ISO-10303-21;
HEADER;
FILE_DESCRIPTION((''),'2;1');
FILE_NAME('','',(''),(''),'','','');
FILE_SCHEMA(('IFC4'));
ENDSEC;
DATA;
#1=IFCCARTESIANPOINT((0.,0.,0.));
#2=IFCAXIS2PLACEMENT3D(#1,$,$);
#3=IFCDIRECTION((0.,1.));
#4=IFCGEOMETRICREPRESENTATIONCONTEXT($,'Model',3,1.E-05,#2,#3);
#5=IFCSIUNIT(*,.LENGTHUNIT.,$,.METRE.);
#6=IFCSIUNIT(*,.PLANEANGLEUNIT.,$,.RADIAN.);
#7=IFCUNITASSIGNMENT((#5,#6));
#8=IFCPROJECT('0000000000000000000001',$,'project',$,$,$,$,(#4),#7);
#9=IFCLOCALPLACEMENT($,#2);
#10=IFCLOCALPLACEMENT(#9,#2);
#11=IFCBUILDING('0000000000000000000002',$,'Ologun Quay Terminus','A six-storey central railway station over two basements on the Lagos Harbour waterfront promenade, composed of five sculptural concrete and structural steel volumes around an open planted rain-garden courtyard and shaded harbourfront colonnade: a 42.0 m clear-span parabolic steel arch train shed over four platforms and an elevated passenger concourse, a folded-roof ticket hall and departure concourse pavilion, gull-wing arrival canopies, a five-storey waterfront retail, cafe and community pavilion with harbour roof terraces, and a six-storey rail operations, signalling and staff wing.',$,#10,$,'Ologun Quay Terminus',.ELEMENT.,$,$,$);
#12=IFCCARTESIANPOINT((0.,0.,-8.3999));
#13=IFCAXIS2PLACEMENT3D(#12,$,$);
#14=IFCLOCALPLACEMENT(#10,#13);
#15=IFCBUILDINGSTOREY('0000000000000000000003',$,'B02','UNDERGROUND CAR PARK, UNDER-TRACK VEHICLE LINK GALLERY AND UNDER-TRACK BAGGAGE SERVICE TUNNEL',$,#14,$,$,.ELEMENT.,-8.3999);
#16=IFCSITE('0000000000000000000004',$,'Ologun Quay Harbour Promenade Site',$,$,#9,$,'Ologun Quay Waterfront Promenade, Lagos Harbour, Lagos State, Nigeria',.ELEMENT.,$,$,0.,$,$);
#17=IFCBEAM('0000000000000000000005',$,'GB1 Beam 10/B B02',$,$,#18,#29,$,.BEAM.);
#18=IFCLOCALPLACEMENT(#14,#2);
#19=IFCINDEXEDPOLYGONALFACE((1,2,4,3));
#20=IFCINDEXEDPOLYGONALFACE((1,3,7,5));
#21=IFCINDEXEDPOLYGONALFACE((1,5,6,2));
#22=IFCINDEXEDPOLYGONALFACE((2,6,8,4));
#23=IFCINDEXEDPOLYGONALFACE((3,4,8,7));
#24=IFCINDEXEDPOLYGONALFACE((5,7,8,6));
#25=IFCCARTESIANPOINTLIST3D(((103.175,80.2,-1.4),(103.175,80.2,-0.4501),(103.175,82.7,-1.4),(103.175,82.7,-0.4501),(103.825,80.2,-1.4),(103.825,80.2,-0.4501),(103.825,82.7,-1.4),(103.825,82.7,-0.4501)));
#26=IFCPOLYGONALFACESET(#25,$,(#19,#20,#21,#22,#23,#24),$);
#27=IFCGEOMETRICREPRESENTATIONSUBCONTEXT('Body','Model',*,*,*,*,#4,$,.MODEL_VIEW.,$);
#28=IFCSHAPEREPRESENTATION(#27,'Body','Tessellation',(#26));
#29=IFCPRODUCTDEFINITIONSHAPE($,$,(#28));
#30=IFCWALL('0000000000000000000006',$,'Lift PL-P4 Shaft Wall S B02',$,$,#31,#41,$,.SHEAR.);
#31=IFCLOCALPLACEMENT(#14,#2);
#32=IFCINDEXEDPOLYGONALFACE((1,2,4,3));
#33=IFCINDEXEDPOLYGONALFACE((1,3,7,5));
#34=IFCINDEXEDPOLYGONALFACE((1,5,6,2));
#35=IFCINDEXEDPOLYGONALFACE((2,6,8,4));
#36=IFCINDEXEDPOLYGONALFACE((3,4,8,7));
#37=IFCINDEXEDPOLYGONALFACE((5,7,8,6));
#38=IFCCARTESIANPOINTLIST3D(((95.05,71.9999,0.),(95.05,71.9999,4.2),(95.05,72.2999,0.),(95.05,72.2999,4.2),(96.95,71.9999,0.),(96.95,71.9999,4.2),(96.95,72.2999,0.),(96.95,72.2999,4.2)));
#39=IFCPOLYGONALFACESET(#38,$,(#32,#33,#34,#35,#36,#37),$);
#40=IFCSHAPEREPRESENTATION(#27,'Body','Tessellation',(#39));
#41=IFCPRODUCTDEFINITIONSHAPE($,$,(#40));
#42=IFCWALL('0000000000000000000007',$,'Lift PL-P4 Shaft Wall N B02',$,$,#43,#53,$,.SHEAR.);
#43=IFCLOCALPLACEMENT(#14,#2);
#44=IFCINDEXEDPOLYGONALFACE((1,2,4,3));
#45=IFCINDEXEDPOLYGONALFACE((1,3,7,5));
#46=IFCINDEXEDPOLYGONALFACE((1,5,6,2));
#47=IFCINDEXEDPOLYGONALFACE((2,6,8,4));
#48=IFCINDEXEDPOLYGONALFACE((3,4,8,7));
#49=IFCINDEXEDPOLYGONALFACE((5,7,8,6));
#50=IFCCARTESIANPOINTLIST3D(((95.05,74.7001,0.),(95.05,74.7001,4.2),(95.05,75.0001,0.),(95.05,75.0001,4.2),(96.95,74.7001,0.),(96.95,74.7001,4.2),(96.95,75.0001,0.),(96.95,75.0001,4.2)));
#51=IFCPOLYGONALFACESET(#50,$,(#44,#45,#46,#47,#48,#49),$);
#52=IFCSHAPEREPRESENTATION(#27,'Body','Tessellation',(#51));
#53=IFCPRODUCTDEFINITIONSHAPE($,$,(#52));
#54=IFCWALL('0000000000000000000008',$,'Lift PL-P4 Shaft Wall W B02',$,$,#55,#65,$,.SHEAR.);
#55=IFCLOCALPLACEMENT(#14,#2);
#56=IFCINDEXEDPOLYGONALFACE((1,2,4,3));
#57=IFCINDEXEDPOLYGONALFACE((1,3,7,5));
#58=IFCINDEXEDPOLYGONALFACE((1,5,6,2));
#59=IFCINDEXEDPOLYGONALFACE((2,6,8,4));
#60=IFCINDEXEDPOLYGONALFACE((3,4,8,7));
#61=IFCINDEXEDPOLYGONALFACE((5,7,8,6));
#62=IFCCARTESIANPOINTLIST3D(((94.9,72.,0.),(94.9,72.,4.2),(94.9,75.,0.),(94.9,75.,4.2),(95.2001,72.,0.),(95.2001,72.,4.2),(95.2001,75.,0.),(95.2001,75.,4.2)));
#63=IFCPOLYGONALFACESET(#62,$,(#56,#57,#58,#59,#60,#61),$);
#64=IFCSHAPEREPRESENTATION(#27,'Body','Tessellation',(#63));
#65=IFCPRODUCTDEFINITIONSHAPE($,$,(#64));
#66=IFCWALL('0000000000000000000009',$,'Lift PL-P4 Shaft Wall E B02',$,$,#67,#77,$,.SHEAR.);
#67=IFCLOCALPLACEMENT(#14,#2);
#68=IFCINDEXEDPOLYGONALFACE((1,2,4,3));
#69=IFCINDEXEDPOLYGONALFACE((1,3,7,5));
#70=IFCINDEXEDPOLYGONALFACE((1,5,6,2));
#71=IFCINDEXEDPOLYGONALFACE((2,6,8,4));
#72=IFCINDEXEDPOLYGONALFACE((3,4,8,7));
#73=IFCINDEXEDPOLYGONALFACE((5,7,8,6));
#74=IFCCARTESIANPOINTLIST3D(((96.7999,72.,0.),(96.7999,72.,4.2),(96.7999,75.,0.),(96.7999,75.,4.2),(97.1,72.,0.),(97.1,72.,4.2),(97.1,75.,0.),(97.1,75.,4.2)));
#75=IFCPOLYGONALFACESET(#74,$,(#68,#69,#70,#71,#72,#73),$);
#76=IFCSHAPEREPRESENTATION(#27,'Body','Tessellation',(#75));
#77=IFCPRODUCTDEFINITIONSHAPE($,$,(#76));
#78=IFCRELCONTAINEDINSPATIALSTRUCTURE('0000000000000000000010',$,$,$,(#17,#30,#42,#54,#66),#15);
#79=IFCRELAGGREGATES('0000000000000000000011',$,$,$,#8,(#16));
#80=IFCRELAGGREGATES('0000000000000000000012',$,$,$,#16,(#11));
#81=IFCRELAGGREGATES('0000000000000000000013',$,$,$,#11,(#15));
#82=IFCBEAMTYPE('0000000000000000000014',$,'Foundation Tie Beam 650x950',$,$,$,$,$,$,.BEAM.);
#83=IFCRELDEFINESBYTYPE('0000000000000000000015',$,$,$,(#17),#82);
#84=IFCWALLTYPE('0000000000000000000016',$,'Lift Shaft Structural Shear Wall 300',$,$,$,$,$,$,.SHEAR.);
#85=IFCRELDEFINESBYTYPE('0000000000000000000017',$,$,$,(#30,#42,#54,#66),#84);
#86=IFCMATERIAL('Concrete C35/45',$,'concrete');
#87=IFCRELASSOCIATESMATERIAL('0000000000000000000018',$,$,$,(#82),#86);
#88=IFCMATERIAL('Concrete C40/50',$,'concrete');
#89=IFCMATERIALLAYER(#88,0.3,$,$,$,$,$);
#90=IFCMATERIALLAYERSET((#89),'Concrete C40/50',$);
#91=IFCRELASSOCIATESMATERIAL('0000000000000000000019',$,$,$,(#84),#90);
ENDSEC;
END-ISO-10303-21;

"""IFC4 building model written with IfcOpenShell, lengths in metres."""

from ifc_helpers import new_model, si_unit, direction, frame, frame_2d, origin, origin_2d, place, context, subcontext, project, spatial, rectangle, extrude, material, layer, layer_set, material_profile, profile_set, type_object, element, save


model = new_model("IFC4")

# Units and contexts
model_context = context("Model", 3, precision=1e-05, world=origin(), true_north=direction((0.0, 1.0)))
body_context = subcontext(model_context, "Body", "Model", "MODEL_VIEW")
ifc_project = project(units=[si_unit("LENGTHUNIT", "METRE"), si_unit("PLANEANGLEUNIT", "RADIAN")], contexts=[model_context])

# Site, building, storey
site_placement = place(None, origin())
site = spatial("IfcSite", under=ifc_project, at=site_placement, Name="Ologun Quay Harbour Promenade Site", LongName="Ologun Quay Waterfront Promenade, Lagos Harbour, Lagos State, Nigeria", CompositionType="ELEMENT", RefElevation=0.0)
building_placement = place(site_placement, origin())
building = spatial("IfcBuilding", under=site, at=building_placement, Name="Ologun Quay Terminus", Description="A six-storey central railway station over two basements on the Lagos Harbour waterfront promenade, composed of five sculptural concrete and structural steel volumes around an open planted rain-garden courtyard and shaded harbourfront colonnade: a 42.0 m clear-span parabolic steel arch train shed over four platforms and an elevated passenger concourse, a folded-roof ticket hall and departure concourse pavilion, gull-wing arrival canopies, a five-storey waterfront retail, cafe and community pavilion with harbour roof terraces, and a six-storey rail operations, signalling and staff wing.", LongName="Ologun Quay Terminus", CompositionType="ELEMENT")
storey_placement = place(building_placement, frame((0.0, 0.0, -8.3999)))
storey = spatial("IfcBuildingStorey", under=building, at=storey_placement, Name="B02", Description="UNDERGROUND CAR PARK, UNDER-TRACK VEHICLE LINK GALLERY AND UNDER-TRACK BAGGAGE SERVICE TUNNEL", CompositionType="ELEMENT", Elevation=-8.3999)

# Beam
ifc_material_1 = material(Name="Concrete C35/45", Category="concrete")
ifc_material_profile_1 = material_profile(ifc_material_1, rectangle(XDim=0.6499, YDim=0.95, at=origin_2d()), Name="RC 650x950")
ifc_profile_set_1 = profile_set([ifc_material_profile_1], Name="Concrete C35/45")
beam_type = type_object("IfcBeamType", Name="Foundation Tie Beam 650x950", PredefinedType="BEAM", material=ifc_profile_set_1)
beam_1_placement = place(storey_placement, frame((103.5, 80.2, -0.925), z_axis=(0.0, 1.0, 0.0), x_axis=(-1.0, 0.0, 0.0)))
element("IfcBeam", 1, at=beam_1_placement, inside=storey, type_object=beam_type, Name="GB1 Beam 10/B B02", PredefinedType="BEAM", context=body_context, shape_type="SweptSolid", body=[
    extrude(rectangle(XDim=0.6499, YDim=0.95, at=origin_2d()), origin(), (0.0, 0.0, 1.0), 2.5),
])

# Walls
ifc_material_2 = material(Name="Concrete C40/50", Category="concrete")
ifc_layer = layer(ifc_material_2, 0.3)
ifc_layer_set = layer_set([ifc_layer], Name="Concrete C40/50")
wall_type = type_object("IfcWallType", Name="Lift Shaft Structural Shear Wall 300", PredefinedType="SHEAR", material=ifc_layer_set)
for number, where, z_axis, x_axis, name in (
    (2, (95.05, 72.1499, 0.0), (0.0, 0.0, 1.0), (1.0, 0.0, 0.0), "Lift PL-P4 Shaft Wall S B02"),
    (3, (95.05, 74.8501, 0.0), (0.0, 0.0, 1.0), (1.0, 0.0, 0.0), "Lift PL-P4 Shaft Wall N B02"),
):
    element("IfcWall", number, at=place(storey_placement, frame(where, z_axis=z_axis, x_axis=x_axis)), inside=storey, type_object=wall_type, Name=name, PredefinedType="SHEAR", context=body_context, shape_type="SweptSolid", body=[
        extrude(rectangle(XDim=1.8999, YDim=0.3, at=frame_2d((0.95, 0.0))), origin(), (0.0, 0.0, 1.0), 4.2),
    ])
for number, where, z_axis, x_axis, name in (
    (4, (95.05, 72.0, 0.0), (0.0, 0.0, 1.0), (0.0, 1.0, 0.0), "Lift PL-P4 Shaft Wall W B02"),
    (5, (96.95, 72.0, 0.0), (0.0, 0.0, 1.0), (0.0, 1.0, 0.0), "Lift PL-P4 Shaft Wall E B02"),
):
    element("IfcWall", number, at=place(storey_placement, frame(where, z_axis=z_axis, x_axis=x_axis)), inside=storey, type_object=wall_type, Name=name, PredefinedType="SHEAR", context=body_context, shape_type="SweptSolid", body=[
        extrude(rectangle(XDim=3.0, YDim=0.3, at=frame_2d((1.5, 0.0))), origin(), (0.0, 0.0, 1.0), 4.2),
    ])

save(model, "model.ifc")
